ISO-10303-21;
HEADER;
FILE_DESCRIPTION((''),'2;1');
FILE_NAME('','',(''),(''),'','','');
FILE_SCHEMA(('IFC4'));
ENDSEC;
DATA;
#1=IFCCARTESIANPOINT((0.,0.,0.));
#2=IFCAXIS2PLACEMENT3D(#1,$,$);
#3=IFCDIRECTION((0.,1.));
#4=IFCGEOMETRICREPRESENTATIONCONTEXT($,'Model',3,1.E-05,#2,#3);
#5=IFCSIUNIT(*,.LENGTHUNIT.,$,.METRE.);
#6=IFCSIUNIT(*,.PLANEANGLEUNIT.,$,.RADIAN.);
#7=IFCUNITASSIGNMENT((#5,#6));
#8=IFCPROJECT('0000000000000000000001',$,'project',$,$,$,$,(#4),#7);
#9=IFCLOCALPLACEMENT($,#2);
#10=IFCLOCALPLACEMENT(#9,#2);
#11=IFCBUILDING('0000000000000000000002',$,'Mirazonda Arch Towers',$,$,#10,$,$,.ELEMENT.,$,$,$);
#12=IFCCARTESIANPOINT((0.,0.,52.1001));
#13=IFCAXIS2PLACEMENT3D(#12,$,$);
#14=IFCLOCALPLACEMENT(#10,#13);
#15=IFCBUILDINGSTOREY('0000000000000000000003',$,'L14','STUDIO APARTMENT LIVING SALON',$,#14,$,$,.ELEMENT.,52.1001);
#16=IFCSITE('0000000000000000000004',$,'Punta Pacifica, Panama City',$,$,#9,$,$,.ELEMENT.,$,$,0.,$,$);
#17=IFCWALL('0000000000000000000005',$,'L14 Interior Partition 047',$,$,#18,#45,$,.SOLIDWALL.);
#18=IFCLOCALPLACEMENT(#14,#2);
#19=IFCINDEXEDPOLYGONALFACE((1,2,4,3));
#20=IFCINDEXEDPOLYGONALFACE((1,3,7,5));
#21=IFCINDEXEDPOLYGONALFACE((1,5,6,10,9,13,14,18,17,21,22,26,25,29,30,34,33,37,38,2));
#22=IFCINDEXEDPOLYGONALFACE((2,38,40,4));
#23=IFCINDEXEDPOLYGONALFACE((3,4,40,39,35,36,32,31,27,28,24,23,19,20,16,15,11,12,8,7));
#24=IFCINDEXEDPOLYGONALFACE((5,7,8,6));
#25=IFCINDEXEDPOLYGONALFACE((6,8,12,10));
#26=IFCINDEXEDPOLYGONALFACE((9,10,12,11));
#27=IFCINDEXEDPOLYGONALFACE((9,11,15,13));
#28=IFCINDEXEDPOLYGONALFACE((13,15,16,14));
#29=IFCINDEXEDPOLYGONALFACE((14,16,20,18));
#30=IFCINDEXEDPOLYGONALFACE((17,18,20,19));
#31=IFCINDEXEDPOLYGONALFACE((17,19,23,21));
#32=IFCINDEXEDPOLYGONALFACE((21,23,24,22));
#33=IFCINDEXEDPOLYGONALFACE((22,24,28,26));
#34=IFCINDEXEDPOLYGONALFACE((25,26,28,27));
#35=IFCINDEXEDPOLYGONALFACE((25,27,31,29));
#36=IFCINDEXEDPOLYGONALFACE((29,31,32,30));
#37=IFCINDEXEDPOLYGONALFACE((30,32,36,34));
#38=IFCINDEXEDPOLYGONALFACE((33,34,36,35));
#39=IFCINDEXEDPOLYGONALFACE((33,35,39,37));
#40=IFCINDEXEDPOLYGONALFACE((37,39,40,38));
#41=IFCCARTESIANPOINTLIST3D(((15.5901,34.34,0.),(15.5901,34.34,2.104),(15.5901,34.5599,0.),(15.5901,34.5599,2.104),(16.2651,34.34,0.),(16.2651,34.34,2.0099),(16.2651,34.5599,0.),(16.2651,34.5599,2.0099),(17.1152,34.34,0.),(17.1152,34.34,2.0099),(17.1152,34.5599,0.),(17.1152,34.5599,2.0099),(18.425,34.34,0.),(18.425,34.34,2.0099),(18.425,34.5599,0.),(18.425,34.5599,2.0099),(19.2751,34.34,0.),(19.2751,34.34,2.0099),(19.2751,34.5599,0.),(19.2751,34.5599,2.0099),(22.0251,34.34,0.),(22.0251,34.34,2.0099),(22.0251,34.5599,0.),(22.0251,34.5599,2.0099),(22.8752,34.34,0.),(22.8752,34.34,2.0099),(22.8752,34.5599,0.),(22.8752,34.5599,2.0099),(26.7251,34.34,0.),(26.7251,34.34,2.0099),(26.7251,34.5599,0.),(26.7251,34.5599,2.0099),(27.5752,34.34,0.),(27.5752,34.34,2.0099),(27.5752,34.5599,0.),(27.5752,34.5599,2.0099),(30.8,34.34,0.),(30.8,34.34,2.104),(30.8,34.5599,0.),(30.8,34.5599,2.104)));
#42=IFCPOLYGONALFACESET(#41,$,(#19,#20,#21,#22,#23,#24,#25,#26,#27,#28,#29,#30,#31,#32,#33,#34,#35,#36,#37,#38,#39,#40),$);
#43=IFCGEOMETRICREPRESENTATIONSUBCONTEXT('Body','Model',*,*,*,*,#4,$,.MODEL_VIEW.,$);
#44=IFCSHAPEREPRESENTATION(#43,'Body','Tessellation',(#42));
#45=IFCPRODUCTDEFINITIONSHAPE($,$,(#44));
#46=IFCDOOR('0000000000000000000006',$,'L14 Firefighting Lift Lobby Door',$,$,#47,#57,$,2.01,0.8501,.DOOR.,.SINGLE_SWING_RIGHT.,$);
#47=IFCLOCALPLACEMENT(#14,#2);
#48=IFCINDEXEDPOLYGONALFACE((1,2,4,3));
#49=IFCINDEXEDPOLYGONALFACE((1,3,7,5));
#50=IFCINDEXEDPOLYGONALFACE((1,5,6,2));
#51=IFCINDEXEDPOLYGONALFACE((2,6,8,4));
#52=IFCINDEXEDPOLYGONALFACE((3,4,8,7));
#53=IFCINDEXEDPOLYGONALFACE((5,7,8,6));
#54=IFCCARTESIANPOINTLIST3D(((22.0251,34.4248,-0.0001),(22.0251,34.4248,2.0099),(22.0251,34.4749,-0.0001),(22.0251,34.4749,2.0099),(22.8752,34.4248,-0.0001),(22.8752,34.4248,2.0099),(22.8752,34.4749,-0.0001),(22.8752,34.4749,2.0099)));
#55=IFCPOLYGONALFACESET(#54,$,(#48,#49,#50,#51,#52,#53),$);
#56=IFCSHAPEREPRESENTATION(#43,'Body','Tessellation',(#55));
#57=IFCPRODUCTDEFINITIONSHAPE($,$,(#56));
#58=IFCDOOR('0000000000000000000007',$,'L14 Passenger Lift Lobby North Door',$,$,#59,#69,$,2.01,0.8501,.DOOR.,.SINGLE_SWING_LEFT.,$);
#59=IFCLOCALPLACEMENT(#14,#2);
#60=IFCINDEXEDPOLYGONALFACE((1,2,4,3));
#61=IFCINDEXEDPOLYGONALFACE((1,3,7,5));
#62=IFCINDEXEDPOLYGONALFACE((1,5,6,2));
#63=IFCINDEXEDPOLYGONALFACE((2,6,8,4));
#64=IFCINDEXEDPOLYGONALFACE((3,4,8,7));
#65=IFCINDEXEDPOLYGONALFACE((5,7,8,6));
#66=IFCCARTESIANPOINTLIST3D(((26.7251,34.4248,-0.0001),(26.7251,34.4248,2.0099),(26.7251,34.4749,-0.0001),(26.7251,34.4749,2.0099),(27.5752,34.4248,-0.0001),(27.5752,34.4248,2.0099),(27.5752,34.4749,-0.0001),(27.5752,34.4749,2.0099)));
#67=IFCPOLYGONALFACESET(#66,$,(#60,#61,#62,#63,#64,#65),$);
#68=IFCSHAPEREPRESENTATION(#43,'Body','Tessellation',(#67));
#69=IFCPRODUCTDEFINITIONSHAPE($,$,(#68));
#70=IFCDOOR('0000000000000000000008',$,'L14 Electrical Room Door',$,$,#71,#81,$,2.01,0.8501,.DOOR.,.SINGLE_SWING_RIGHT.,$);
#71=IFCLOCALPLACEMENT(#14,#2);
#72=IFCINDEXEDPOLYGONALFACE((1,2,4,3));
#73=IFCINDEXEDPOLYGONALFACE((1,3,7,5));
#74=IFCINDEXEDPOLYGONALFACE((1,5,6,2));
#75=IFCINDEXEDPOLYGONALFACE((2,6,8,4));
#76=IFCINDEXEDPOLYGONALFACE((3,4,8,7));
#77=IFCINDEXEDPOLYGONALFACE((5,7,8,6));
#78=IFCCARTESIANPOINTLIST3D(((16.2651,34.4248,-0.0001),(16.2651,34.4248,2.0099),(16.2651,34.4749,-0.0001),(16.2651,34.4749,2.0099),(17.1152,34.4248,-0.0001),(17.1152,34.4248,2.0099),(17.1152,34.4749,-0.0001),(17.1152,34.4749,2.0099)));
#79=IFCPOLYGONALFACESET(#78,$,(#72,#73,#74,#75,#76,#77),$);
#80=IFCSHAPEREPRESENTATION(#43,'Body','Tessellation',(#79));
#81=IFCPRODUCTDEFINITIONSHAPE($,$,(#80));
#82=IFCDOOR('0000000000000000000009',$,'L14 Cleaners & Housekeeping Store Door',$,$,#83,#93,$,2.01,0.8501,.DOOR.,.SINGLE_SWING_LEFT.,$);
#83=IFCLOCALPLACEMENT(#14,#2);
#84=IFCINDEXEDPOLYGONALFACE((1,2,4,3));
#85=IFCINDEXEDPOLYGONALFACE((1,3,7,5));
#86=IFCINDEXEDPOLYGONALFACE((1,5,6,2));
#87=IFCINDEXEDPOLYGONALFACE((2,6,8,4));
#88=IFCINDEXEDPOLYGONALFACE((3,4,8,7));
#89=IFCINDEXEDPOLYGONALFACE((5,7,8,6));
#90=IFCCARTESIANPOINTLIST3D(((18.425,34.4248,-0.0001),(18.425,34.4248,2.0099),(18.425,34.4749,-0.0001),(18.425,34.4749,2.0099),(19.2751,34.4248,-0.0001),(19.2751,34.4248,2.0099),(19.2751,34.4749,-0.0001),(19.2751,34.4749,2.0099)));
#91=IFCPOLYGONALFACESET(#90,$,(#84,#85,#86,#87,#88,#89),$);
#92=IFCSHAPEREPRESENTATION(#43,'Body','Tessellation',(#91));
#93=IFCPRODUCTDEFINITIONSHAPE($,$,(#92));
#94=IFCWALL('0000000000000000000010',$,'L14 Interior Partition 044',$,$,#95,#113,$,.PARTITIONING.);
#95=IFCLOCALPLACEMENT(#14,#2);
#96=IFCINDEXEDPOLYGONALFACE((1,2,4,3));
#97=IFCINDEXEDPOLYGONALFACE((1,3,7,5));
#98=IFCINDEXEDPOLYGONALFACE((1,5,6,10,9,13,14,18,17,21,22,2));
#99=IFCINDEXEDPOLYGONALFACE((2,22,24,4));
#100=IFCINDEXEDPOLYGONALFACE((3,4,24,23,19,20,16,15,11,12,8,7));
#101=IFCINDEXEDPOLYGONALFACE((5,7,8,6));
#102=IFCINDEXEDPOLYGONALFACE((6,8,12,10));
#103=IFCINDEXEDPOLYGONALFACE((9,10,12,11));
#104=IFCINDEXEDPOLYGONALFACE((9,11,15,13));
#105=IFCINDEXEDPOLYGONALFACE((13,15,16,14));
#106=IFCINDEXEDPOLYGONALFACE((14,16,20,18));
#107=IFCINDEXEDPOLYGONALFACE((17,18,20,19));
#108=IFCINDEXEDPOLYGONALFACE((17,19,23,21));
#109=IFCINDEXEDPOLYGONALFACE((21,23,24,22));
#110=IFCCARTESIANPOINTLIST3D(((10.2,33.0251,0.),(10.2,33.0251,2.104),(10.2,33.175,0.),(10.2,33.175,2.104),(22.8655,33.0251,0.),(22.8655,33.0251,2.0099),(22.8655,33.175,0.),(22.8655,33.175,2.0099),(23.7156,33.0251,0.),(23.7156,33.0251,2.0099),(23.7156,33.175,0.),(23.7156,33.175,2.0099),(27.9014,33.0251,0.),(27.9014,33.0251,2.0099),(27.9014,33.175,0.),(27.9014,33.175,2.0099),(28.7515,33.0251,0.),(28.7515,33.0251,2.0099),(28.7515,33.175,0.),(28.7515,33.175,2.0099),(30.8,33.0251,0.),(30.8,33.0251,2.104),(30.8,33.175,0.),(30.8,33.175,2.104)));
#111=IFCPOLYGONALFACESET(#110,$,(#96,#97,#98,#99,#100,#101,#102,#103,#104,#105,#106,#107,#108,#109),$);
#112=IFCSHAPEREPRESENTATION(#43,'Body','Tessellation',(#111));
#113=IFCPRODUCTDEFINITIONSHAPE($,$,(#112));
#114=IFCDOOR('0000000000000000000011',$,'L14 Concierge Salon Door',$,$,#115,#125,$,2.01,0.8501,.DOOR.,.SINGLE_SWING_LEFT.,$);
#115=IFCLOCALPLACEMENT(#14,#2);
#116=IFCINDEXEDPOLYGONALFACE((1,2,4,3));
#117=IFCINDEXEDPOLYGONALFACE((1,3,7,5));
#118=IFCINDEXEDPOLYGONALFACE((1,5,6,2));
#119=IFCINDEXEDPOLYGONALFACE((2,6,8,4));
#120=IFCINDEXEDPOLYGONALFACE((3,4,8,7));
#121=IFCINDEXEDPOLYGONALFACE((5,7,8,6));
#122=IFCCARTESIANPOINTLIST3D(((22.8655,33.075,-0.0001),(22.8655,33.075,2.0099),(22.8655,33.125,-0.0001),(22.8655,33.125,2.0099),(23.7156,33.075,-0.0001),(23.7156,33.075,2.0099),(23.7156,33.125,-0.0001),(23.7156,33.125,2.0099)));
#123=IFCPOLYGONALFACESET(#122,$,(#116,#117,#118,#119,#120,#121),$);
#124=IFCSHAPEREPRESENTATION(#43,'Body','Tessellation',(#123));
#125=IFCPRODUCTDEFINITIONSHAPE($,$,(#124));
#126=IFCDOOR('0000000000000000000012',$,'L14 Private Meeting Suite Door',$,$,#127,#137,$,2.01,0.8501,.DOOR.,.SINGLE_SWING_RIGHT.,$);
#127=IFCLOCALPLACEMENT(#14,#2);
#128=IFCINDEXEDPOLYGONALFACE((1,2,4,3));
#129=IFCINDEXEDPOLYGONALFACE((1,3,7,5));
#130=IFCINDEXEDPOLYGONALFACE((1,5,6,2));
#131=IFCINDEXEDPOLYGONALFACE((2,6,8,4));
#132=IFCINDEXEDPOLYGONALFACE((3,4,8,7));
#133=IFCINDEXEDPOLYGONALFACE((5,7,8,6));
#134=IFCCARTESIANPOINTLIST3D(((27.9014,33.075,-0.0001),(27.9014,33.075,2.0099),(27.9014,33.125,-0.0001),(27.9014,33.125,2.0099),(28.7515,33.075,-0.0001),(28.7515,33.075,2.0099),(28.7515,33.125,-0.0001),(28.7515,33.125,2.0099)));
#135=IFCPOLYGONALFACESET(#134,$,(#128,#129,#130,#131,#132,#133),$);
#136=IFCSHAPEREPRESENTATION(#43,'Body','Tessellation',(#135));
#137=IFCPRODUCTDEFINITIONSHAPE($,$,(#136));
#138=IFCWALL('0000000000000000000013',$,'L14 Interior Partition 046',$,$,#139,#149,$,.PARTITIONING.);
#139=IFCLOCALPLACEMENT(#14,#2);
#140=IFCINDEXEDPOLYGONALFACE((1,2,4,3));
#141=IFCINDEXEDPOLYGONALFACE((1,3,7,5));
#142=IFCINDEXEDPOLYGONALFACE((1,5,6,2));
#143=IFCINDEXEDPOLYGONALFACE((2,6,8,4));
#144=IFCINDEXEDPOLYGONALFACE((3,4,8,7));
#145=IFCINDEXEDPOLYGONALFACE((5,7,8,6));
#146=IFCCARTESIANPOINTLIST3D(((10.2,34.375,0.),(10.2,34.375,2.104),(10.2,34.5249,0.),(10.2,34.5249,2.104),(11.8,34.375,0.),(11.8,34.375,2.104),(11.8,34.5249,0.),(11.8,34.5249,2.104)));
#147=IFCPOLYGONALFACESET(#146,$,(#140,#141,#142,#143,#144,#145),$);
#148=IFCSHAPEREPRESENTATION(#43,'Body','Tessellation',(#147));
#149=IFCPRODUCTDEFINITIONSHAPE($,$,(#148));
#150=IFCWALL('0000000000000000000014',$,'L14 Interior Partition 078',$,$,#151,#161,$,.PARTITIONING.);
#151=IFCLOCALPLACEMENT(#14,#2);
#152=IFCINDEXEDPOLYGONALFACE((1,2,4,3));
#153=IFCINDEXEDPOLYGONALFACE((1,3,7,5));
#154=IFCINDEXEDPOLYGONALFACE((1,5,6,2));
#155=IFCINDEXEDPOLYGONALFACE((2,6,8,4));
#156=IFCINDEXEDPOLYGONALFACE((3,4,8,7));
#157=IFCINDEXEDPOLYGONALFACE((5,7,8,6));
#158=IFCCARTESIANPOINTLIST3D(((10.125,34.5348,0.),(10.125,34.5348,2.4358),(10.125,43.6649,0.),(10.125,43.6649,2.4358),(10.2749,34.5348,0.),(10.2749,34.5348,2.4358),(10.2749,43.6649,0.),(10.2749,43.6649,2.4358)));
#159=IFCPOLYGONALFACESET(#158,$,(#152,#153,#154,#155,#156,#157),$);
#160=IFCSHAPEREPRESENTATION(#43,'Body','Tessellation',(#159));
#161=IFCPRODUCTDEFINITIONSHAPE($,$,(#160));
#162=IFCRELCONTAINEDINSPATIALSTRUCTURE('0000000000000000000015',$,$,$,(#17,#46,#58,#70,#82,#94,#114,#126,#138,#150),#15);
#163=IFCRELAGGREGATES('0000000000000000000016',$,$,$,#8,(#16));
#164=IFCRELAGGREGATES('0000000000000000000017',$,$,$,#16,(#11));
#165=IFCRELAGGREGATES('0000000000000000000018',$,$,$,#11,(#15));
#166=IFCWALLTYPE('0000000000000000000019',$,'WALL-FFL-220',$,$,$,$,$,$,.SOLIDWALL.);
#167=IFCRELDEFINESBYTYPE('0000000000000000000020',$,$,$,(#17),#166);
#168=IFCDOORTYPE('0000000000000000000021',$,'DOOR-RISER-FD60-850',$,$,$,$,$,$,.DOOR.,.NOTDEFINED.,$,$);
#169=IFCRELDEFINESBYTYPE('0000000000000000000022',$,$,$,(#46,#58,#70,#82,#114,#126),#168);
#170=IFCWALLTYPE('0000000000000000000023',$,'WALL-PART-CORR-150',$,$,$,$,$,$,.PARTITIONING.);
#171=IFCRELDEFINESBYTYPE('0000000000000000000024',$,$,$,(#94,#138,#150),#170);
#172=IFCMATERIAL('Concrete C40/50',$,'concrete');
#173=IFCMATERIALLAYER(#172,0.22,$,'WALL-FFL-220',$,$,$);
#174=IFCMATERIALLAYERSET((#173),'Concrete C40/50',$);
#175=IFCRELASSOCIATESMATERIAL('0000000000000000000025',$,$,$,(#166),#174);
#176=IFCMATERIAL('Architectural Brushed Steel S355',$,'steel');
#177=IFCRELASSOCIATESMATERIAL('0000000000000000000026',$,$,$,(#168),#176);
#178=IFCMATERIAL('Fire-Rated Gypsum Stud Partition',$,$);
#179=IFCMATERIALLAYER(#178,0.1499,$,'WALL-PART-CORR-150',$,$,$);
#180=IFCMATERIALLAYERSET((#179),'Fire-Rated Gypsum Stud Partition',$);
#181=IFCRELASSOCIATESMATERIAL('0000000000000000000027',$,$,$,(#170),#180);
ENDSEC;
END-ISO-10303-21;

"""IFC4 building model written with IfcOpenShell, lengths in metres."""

from ifc_helpers import new_model, si_unit, direction, frame, frame_2d, origin, place, context, subcontext, project, spatial, rectangle, extrude, material, layer, layer_set, type_object, element, fill, save


model = new_model("IFC4")

# Units and contexts
model_context = context("Model", 3, precision=1e-05, world=origin(), true_north=direction((0.0, 1.0)))
body_context = subcontext(model_context, "Body", "Model", "MODEL_VIEW")
ifc_project = project(units=[si_unit("LENGTHUNIT", "METRE"), si_unit("PLANEANGLEUNIT", "RADIAN")], contexts=[model_context])

# Site, building, storey
site_placement = place(None, origin())
site = spatial("IfcSite", under=ifc_project, at=site_placement, Name="Punta Pacifica, Panama City", CompositionType="ELEMENT", RefElevation=0.0)
building_placement = place(site_placement, origin())
building = spatial("IfcBuilding", under=site, at=building_placement, Name="Mirazonda Arch Towers", CompositionType="ELEMENT")
storey_placement = place(building_placement, frame((0.0, 0.0, 52.1001)))
storey = spatial("IfcBuildingStorey", under=building, at=storey_placement, Name="L14", Description="STUDIO APARTMENT LIVING SALON", CompositionType="ELEMENT", Elevation=52.1001)

# Walls, openings, doors
ifc_material_1 = material(Name="Architectural Brushed Steel S355", Category="steel")
ifc_material_2 = material(Name="Concrete C40/50", Category="concrete")
ifc_layer_1 = layer(ifc_material_2, 0.22, Name="WALL-FFL-220")
ifc_layer_set_1 = layer_set([ifc_layer_1], Name="Concrete C40/50")
wall_type_1 = type_object("IfcWallType", Name="WALL-FFL-220", PredefinedType="SOLIDWALL", material=ifc_layer_set_1)
wall_1_placement = place(storey_placement, frame((15.5901, 34.45, 0.0), z_axis=(0.0, 0.0, 1.0), x_axis=(1.0, 0.0, 0.0)))
wall_1 = element("IfcWall", 1, at=wall_1_placement, inside=storey, type_object=wall_type_1, Name="L14 Interior Partition 047", PredefinedType="SOLIDWALL", context=body_context, shape_type="SweptSolid", body=[
    extrude(rectangle(XDim=15.21, YDim=0.22, at=frame_2d((7.605, 0.0))), origin(), (0.0, 0.0, 1.0), 2.104),
])
opening_1_placement = place(wall_1_placement, frame((6.4351, 0.0, 0.0)))
opening_1 = element("IfcOpeningElement", 2, at=opening_1_placement, cuts=wall_1, PredefinedType="OPENING", context=body_context, shape_type="SweptSolid", body=[
    extrude(rectangle(XDim=0.8501, YDim=2.01, at=frame_2d((0.425, 1.0049))), frame((0.0, 0.1199, 0.0), z_axis=(0.0, -1.0, 0.0), x_axis=(1.0, 0.0, 0.0)), (0.0, 0.0, 1.0), 0.24),
])
opening_2_placement = place(wall_1_placement, frame((11.135, 0.0, 0.0)))
opening_2 = element("IfcOpeningElement", 3, at=opening_2_placement, cuts=wall_1, PredefinedType="OPENING", context=body_context, shape_type="SweptSolid", body=[
    extrude(rectangle(XDim=0.8501, YDim=2.01, at=frame_2d((0.425, 1.0049))), frame((0.0, 0.1199, 0.0), z_axis=(0.0, -1.0, 0.0), x_axis=(1.0, 0.0, 0.0)), (0.0, 0.0, 1.0), 0.24),
])
opening_3_placement = place(wall_1_placement, frame((0.675, 0.0, 0.0)))
opening_3 = element("IfcOpeningElement", 4, at=opening_3_placement, cuts=wall_1, PredefinedType="OPENING", context=body_context, shape_type="SweptSolid", body=[
    extrude(rectangle(XDim=0.8501, YDim=2.01, at=frame_2d((0.425, 1.0049))), frame((0.0, 0.1199, 0.0), z_axis=(0.0, -1.0, 0.0), x_axis=(1.0, 0.0, 0.0)), (0.0, 0.0, 1.0), 0.24),
])
opening_4_placement = place(wall_1_placement, frame((2.835, 0.0, 0.0)))
opening_4 = element("IfcOpeningElement", 5, at=opening_4_placement, cuts=wall_1, PredefinedType="OPENING", context=body_context, shape_type="SweptSolid", body=[
    extrude(rectangle(XDim=0.8501, YDim=2.01, at=frame_2d((0.425, 1.0049))), frame((0.0, 0.1199, 0.0), z_axis=(0.0, -1.0, 0.0), x_axis=(1.0, 0.0, 0.0)), (0.0, 0.0, 1.0), 0.24),
])
door_type_1 = type_object("IfcDoorType", Name="DOOR-RISER-FD60-850", OperationType="NOTDEFINED", PredefinedType="DOOR", material=ifc_material_1)
door_1_placement = place(opening_1_placement, origin())
door_1 = element("IfcDoor", 6, at=door_1_placement, inside=storey, type_object=door_type_1, Name="L14 Firefighting Lift Lobby Door", OperationType="SINGLE_SWING_RIGHT", OverallHeight=2.01, OverallWidth=0.8501, PredefinedType="DOOR", context=body_context, shape_type="SweptSolid", body=[
    extrude(rectangle(XDim=0.8501, YDim=2.01, at=frame_2d((0.425, 1.0049))), frame((0.0, 0.0249, 0.0), z_axis=(0.0, -1.0, 0.0), x_axis=(1.0, 0.0, 0.0)), (0.0, 0.0, 1.0), 0.05),
])
fill(opening_1, door_1)
door_2_placement = place(opening_2_placement, origin())
door_2 = element("IfcDoor", 7, at=door_2_placement, inside=storey, type_object=door_type_1, Name="L14 Passenger Lift Lobby North Door", OperationType="SINGLE_SWING_LEFT", OverallHeight=2.01, OverallWidth=0.8501, PredefinedType="DOOR", context=body_context, shape_type="SweptSolid", body=[
    extrude(rectangle(XDim=0.8501, YDim=2.01, at=frame_2d((0.425, 1.0049))), frame((0.0, 0.0249, 0.0), z_axis=(0.0, -1.0, 0.0), x_axis=(1.0, 0.0, 0.0)), (0.0, 0.0, 1.0), 0.05),
])
fill(opening_2, door_2)
door_3_placement = place(opening_3_placement, origin())
door_3 = element("IfcDoor", 8, at=door_3_placement, inside=storey, type_object=door_type_1, Name="L14 Electrical Room Door", OperationType="SINGLE_SWING_RIGHT", OverallHeight=2.01, OverallWidth=0.8501, PredefinedType="DOOR", context=body_context, shape_type="SweptSolid", body=[
    extrude(rectangle(XDim=0.8501, YDim=2.01, at=frame_2d((0.425, 1.0049))), frame((0.0, 0.0249, 0.0), z_axis=(0.0, -1.0, 0.0), x_axis=(1.0, 0.0, 0.0)), (0.0, 0.0, 1.0), 0.05),
])
fill(opening_3, door_3)
door_4_placement = place(opening_4_placement, origin())
door_4 = element("IfcDoor", 9, at=door_4_placement, inside=storey, type_object=door_type_1, Name="L14 Cleaners & Housekeeping Store Door", OperationType="SINGLE_SWING_LEFT", OverallHeight=2.01, OverallWidth=0.8501, PredefinedType="DOOR", context=body_context, shape_type="SweptSolid", body=[
    extrude(rectangle(XDim=0.8501, YDim=2.01, at=frame_2d((0.425, 1.0049))), frame((0.0, 0.0249, 0.0), z_axis=(0.0, -1.0, 0.0), x_axis=(1.0, 0.0, 0.0)), (0.0, 0.0, 1.0), 0.05),
])
fill(opening_4, door_4)
ifc_material_3 = material(Name="Fire-Rated Gypsum Stud Partition")
ifc_layer_2 = layer(ifc_material_3, 0.1499, Name="WALL-PART-CORR-150")
ifc_layer_set_2 = layer_set([ifc_layer_2], Name="Fire-Rated Gypsum Stud Partition")
wall_type_2 = type_object("IfcWallType", Name="WALL-PART-CORR-150", PredefinedType="PARTITIONING", material=ifc_layer_set_2)
wall_2_placement = place(storey_placement, frame((10.2, 33.1001, 0.0), z_axis=(0.0, 0.0, 1.0), x_axis=(1.0, 0.0, 0.0)))
wall_2 = element("IfcWall", 10, at=wall_2_placement, inside=storey, type_object=wall_type_2, Name="L14 Interior Partition 044", PredefinedType="PARTITIONING", context=body_context, shape_type="SweptSolid", body=[
    extrude(rectangle(XDim=20.6001, YDim=0.1499, at=frame_2d((10.3, 0.0))), origin(), (0.0, 0.0, 1.0), 2.104),
])
opening_5_placement = place(wall_2_placement, frame((12.6655, 0.0, 0.0)))
opening_5 = element("IfcOpeningElement", 11, at=opening_5_placement, cuts=wall_2, PredefinedType="OPENING", context=body_context, shape_type="SweptSolid", body=[
    extrude(rectangle(XDim=0.8501, YDim=2.01, at=frame_2d((0.425, 1.0049))), frame((0.0, 0.085, 0.0), z_axis=(0.0, -1.0, 0.0), x_axis=(1.0, 0.0, 0.0)), (0.0, 0.0, 1.0), 0.1699),
])
opening_6_placement = place(wall_2_placement, frame((17.7014, 0.0, 0.0)))
opening_6 = element("IfcOpeningElement", 12, at=opening_6_placement, cuts=wall_2, PredefinedType="OPENING", context=body_context, shape_type="SweptSolid", body=[
    extrude(rectangle(XDim=0.8501, YDim=2.01, at=frame_2d((0.425, 1.0049))), frame((0.0, 0.085, 0.0), z_axis=(0.0, -1.0, 0.0), x_axis=(1.0, 0.0, 0.0)), (0.0, 0.0, 1.0), 0.1699),
])
door_5_placement = place(opening_5_placement, origin())
door_5 = element("IfcDoor", 13, at=door_5_placement, inside=storey, type_object=door_type_1, Name="L14 Concierge Salon Door", OperationType="SINGLE_SWING_LEFT", OverallHeight=2.01, OverallWidth=0.8501, PredefinedType="DOOR", context=body_context, shape_type="SweptSolid", body=[
    extrude(rectangle(XDim=0.8501, YDim=2.01, at=frame_2d((0.425, 1.0049))), frame((0.0, 0.0249, 0.0), z_axis=(0.0, -1.0, 0.0), x_axis=(1.0, 0.0, 0.0)), (0.0, 0.0, 1.0), 0.05),
])
fill(opening_5, door_5)
door_6_placement = place(opening_6_placement, origin())
door_6 = element("IfcDoor", 14, at=door_6_placement, inside=storey, type_object=door_type_1, Name="L14 Private Meeting Suite Door", OperationType="SINGLE_SWING_RIGHT", OverallHeight=2.01, OverallWidth=0.8501, PredefinedType="DOOR", context=body_context, shape_type="SweptSolid", body=[
    extrude(rectangle(XDim=0.8501, YDim=2.01, at=frame_2d((0.425, 1.0049))), frame((0.0, 0.0249, 0.0), z_axis=(0.0, -1.0, 0.0), x_axis=(1.0, 0.0, 0.0)), (0.0, 0.0, 1.0), 0.05),
])
fill(opening_6, door_6)

# Walls
wall_3_placement = place(storey_placement, frame((10.2, 34.45, 0.0), z_axis=(0.0, 0.0, 1.0), x_axis=(1.0, 0.0, 0.0)))
element("IfcWall", 15, at=wall_3_placement, inside=storey, type_object=wall_type_2, Name="L14 Interior Partition 046", PredefinedType="PARTITIONING", context=body_context, shape_type="SweptSolid", body=[
    extrude(rectangle(XDim=1.6001, YDim=0.1499, at=frame_2d((0.8, 0.0))), origin(), (0.0, 0.0, 1.0), 2.104),
])
wall_4_placement = place(storey_placement, frame((10.2, 34.5349, 0.0), z_axis=(0.0, 0.0, 1.0), x_axis=(0.0, 1.0, 0.0)))
element("IfcWall", 16, at=wall_4_placement, inside=storey, type_object=wall_type_2, Name="L14 Interior Partition 078", PredefinedType="PARTITIONING", context=body_context, shape_type="SweptSolid", body=[
    extrude(rectangle(XDim=9.1301, YDim=0.1499, at=frame_2d((4.5649, 0.0))), origin(), (0.0, 0.0, 1.0), 2.4358),
])

save(model, "model.ifc")
